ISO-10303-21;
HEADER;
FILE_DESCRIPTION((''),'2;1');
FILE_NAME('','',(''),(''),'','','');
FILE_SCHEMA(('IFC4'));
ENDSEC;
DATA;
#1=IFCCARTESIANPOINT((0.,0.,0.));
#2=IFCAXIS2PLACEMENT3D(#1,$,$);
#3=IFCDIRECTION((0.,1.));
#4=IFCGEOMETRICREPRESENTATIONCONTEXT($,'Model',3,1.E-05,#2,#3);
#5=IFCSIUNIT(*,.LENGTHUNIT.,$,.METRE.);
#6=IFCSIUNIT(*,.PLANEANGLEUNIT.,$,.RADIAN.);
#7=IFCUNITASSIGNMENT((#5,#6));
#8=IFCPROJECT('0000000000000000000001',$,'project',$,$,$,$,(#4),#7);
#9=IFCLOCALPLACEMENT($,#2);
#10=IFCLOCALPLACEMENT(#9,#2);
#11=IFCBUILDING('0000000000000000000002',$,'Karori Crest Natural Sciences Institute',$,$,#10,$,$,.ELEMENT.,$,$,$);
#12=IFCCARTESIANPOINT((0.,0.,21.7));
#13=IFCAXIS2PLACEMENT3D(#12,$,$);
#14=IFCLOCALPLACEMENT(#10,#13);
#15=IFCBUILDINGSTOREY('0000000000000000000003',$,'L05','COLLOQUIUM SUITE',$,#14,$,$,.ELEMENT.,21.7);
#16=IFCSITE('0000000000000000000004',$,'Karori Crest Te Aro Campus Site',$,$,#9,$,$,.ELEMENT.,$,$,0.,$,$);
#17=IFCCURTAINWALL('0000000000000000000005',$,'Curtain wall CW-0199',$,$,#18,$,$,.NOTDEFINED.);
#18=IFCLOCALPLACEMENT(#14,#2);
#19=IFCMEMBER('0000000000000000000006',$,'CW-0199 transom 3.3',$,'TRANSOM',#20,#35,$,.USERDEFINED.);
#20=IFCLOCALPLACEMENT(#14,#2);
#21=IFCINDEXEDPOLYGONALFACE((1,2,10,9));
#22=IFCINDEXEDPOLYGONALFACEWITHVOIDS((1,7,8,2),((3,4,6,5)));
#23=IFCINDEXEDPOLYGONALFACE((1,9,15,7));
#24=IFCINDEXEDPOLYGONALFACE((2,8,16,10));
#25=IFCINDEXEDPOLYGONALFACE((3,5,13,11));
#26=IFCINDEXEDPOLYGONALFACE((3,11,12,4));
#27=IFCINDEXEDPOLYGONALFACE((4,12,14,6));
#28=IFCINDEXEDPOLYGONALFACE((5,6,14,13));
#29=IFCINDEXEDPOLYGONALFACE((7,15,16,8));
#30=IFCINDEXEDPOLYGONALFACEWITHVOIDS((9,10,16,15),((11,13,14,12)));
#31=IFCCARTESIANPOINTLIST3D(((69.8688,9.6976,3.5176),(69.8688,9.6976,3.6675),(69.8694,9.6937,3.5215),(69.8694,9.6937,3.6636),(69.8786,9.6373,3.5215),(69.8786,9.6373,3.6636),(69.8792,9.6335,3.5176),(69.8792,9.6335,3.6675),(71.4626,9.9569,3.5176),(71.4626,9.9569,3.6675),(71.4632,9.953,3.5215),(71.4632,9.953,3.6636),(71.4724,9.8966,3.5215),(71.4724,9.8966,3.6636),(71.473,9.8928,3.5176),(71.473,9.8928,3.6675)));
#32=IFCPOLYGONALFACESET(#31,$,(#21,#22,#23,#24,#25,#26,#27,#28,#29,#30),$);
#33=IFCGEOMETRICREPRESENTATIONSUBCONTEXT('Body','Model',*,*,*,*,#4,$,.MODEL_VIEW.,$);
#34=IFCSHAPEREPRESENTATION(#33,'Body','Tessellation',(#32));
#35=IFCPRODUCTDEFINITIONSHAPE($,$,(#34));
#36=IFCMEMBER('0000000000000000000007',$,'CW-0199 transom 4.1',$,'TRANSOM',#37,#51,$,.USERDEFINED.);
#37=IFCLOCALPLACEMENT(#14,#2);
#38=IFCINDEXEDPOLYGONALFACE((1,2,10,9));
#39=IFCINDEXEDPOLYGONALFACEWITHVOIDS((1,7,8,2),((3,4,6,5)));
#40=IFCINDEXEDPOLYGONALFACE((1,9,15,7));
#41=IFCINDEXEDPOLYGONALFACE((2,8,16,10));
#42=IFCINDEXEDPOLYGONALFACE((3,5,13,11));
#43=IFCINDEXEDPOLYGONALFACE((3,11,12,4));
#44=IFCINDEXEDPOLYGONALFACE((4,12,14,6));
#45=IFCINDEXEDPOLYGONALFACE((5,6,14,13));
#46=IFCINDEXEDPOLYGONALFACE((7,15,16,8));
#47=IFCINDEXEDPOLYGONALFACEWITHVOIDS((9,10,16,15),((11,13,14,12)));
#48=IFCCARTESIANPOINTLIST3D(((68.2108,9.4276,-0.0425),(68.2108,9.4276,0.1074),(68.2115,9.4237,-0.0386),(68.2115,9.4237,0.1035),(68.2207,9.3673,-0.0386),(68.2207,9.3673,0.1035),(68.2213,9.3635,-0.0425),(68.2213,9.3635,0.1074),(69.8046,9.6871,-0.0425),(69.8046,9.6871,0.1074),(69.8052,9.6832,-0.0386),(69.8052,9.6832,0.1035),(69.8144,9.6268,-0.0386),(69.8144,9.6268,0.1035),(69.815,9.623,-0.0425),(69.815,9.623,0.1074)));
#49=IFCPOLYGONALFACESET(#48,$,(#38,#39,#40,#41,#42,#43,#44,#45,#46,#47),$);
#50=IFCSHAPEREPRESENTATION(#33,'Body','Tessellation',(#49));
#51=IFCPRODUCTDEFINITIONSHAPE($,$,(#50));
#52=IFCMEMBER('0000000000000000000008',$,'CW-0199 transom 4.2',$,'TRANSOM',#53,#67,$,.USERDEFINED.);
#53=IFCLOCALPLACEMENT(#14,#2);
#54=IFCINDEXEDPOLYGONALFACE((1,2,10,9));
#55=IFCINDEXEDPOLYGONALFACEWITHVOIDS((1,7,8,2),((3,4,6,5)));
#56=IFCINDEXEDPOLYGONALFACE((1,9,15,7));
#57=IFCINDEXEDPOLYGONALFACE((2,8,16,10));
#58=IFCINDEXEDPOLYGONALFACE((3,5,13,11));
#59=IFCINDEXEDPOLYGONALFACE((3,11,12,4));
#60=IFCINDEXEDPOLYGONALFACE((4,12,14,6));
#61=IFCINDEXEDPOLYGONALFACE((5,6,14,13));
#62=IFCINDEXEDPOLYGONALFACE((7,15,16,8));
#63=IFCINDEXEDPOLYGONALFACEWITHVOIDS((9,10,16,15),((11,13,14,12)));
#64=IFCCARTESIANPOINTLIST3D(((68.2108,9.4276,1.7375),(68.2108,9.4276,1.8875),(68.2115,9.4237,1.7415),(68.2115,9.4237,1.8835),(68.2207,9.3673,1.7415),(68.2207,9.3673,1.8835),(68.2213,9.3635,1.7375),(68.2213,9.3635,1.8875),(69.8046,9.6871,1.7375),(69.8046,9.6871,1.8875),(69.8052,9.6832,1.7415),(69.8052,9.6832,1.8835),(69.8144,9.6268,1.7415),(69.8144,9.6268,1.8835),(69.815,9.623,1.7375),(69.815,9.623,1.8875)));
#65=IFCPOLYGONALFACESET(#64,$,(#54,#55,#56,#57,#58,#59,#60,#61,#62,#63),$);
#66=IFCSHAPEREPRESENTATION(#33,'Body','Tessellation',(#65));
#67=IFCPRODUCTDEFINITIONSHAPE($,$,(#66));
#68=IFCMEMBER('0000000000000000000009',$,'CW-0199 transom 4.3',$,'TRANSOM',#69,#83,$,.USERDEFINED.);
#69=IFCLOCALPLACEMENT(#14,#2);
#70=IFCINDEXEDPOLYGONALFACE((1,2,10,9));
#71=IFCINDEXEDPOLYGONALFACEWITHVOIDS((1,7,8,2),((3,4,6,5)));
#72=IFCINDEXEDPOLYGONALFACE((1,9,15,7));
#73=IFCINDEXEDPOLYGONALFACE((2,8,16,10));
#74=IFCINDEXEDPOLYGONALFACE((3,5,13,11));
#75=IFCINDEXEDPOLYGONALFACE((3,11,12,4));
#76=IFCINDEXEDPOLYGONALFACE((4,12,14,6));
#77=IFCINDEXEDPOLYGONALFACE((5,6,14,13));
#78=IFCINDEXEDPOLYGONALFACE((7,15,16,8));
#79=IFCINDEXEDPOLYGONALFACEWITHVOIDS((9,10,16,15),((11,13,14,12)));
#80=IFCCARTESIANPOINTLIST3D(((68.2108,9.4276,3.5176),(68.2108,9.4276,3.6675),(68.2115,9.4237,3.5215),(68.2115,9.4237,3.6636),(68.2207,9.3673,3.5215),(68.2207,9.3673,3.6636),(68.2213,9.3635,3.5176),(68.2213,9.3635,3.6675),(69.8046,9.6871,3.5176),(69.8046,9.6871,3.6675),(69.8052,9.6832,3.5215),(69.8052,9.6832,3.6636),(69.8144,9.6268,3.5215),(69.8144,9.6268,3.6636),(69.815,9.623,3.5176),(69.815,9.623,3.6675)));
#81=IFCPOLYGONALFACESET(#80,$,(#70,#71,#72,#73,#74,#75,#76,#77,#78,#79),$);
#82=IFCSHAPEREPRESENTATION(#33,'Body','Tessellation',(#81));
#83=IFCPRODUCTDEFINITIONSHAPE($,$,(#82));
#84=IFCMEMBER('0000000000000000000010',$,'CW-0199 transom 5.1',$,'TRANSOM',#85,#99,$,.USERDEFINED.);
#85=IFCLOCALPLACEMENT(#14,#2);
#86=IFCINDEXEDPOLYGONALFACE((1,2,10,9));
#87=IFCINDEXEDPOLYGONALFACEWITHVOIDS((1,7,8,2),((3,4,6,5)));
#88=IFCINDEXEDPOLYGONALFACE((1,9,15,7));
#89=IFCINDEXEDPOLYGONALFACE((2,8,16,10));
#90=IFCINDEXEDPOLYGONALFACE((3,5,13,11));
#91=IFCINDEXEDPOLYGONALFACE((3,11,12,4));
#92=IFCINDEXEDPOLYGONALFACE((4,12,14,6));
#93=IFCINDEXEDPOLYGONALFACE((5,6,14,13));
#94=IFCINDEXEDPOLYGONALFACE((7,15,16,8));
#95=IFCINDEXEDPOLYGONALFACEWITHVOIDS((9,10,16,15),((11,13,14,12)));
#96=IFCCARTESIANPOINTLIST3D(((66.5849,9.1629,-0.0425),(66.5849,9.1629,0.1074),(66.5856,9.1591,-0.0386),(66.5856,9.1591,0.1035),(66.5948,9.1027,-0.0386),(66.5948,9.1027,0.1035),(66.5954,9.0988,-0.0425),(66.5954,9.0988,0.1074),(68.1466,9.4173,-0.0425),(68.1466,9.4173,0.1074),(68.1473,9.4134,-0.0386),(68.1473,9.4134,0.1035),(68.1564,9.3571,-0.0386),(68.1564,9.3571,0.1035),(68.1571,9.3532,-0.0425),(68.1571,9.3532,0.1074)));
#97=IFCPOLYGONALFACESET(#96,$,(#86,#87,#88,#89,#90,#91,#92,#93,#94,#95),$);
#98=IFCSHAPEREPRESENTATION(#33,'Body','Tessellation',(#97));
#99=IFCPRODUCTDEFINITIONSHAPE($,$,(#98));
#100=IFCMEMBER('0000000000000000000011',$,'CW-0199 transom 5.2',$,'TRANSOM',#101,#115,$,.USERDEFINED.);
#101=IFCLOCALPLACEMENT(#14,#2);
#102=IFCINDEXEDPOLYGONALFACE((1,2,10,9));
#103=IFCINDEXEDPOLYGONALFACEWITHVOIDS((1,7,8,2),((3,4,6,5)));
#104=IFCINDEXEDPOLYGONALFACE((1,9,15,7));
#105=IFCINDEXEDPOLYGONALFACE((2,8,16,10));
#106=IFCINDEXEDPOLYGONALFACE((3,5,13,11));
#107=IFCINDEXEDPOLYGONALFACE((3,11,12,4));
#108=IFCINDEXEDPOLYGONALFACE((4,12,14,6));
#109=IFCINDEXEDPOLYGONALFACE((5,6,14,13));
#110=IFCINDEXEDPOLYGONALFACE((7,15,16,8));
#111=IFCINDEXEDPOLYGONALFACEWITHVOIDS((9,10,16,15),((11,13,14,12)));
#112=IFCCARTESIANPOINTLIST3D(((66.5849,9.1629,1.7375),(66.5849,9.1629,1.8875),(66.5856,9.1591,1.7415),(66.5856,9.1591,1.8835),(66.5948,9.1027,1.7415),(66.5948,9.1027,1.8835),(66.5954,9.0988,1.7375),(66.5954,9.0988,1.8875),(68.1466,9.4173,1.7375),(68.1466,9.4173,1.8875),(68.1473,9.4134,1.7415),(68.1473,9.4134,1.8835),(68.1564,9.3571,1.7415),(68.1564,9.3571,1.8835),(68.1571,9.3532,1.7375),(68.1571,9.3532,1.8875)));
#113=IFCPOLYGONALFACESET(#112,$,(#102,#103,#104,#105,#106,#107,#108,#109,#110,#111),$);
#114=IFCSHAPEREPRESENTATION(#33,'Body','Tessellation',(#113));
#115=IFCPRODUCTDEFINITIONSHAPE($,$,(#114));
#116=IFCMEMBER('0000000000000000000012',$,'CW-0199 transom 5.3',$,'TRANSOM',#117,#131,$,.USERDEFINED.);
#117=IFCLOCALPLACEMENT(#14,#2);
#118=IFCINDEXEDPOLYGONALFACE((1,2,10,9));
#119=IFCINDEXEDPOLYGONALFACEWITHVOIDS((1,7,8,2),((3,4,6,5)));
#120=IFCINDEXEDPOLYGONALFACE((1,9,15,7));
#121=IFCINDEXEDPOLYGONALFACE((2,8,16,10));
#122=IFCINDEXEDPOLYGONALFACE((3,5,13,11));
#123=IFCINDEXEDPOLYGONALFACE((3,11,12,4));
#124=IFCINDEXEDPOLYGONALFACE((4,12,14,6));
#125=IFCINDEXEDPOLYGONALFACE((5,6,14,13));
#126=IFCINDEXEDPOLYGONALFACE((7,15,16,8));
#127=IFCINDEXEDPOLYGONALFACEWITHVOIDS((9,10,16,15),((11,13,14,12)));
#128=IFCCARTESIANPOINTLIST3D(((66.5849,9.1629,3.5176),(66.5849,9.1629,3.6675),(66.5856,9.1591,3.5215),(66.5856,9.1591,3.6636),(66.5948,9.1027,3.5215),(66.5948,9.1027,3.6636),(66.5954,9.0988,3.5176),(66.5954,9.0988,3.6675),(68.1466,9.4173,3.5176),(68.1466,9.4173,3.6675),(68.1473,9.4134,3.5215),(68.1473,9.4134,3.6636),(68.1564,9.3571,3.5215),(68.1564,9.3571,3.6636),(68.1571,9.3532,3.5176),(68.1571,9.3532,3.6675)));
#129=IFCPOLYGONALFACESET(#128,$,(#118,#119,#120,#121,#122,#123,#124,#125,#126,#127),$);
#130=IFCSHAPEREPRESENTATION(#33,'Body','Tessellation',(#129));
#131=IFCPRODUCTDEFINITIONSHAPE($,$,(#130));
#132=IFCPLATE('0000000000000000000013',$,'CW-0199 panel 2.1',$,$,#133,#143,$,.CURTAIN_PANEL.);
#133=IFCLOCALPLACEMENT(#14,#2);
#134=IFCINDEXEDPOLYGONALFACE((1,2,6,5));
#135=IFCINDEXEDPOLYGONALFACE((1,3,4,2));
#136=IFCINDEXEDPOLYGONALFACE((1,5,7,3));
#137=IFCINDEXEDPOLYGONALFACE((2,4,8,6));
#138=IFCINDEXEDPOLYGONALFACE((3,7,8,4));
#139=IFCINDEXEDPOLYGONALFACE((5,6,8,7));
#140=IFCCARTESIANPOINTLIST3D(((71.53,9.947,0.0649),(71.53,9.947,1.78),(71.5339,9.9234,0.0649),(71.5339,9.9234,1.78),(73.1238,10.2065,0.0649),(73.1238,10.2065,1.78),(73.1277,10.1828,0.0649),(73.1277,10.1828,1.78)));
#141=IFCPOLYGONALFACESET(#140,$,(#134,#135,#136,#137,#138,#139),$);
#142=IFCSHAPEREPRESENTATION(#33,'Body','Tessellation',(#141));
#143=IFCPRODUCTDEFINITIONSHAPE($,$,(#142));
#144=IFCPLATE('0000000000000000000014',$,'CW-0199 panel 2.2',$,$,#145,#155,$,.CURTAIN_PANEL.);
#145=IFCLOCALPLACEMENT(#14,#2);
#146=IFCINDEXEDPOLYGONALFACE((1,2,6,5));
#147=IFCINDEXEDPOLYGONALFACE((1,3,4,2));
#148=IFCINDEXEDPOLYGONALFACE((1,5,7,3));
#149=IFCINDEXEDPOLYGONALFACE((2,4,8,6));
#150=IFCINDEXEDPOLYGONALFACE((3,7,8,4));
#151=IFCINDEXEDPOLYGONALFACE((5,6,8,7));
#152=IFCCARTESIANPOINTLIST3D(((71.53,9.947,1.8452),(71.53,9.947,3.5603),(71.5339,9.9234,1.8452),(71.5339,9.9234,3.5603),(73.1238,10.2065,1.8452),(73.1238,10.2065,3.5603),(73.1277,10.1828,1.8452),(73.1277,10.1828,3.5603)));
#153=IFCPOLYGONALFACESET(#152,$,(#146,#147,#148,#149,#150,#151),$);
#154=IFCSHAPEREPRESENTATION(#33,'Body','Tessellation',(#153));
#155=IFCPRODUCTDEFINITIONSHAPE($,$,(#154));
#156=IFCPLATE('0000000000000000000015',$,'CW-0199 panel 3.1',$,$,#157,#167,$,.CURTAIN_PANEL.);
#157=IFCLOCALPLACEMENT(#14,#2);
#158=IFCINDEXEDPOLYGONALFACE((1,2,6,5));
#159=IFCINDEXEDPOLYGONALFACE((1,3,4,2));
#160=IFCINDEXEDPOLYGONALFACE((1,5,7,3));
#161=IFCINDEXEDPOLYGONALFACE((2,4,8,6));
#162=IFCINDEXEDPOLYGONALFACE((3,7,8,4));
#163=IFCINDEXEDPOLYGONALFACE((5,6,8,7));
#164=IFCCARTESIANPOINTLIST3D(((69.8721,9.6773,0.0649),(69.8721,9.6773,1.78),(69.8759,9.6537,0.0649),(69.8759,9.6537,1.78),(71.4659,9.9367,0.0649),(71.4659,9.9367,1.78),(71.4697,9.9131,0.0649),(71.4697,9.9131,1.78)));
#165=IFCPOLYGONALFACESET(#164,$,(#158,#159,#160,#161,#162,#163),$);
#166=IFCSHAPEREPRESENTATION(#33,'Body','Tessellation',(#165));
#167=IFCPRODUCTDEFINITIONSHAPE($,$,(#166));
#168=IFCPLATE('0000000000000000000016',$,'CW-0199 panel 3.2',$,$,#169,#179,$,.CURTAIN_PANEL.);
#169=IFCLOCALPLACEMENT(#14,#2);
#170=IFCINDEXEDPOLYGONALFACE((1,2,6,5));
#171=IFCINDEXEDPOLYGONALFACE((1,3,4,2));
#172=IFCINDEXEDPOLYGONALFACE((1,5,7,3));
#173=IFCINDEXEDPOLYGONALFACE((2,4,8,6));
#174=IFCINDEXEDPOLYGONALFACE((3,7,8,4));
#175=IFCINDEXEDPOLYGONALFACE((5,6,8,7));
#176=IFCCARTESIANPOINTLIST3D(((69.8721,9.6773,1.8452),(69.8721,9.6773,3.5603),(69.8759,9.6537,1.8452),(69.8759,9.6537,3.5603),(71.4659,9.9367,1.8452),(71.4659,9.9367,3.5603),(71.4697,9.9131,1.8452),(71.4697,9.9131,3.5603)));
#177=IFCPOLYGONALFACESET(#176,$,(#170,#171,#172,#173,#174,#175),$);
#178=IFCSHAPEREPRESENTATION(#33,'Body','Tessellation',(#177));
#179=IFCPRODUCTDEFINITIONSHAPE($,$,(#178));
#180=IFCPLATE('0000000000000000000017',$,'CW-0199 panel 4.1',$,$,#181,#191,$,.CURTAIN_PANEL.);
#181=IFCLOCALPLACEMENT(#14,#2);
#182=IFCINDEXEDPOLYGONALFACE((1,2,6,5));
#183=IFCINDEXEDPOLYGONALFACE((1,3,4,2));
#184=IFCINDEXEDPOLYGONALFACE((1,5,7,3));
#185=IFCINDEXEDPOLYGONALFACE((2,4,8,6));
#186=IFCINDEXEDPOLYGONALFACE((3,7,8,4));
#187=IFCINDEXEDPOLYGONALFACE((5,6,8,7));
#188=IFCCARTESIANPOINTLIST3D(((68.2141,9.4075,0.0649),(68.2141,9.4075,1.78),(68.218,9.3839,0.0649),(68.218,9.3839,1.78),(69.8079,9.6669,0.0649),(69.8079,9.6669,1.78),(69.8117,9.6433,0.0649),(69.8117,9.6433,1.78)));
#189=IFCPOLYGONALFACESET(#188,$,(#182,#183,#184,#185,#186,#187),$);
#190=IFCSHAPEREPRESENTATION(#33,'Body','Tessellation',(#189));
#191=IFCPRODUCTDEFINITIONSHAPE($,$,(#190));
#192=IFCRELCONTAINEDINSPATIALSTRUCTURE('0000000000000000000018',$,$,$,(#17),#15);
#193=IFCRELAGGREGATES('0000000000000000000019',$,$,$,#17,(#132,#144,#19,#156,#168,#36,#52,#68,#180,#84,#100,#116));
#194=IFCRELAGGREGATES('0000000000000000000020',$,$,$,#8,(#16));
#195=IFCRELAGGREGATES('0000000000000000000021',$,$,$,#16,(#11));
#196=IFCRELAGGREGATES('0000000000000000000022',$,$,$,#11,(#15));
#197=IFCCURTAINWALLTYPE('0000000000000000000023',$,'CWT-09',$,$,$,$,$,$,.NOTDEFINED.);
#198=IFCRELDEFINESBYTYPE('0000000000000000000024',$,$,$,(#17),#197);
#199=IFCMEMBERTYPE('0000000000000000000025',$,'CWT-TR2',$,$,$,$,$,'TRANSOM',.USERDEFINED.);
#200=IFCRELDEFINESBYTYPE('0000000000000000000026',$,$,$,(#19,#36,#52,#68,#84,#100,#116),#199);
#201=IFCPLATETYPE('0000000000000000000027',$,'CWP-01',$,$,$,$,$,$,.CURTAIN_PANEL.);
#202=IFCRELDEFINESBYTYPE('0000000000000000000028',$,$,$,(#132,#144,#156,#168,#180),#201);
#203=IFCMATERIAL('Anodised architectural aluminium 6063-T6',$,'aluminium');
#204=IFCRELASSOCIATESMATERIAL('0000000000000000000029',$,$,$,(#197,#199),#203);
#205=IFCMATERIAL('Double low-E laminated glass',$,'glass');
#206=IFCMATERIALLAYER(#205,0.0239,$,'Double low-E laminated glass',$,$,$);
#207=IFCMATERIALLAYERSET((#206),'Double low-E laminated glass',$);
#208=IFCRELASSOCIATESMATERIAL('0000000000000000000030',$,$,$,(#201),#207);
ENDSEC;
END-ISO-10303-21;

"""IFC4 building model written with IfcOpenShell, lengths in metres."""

from ifc_helpers import new_model, si_unit, direction, frame, origin, origin_2d, place, context, subcontext, project, spatial, rectangle, hollow_rectangle, extrude, material, layer, layer_set, material_profile, profile_set, type_object, element, aggregate, save


model = new_model("IFC4")

# Units and contexts
model_context = context("Model", 3, precision=1e-05, world=origin(), true_north=direction((0.0, 1.0)))
body_context = subcontext(model_context, "Body", "Model", "MODEL_VIEW")
ifc_project = project(units=[si_unit("LENGTHUNIT", "METRE"), si_unit("PLANEANGLEUNIT", "RADIAN")], contexts=[model_context])

# Site, building, storey
site_placement = place(None, origin())
site = spatial("IfcSite", under=ifc_project, at=site_placement, Name="Karori Crest Te Aro Campus Site", CompositionType="ELEMENT", RefElevation=0.0)
building_placement = place(site_placement, origin())
building = spatial("IfcBuilding", under=site, at=building_placement, Name="Karori Crest Natural Sciences Institute", CompositionType="ELEMENT")
storey_placement = place(building_placement, frame((0.0, 0.0, 21.7)))
storey = spatial("IfcBuildingStorey", under=building, at=storey_placement, Name="L05", Description="COLLOQUIUM SUITE", CompositionType="ELEMENT", Elevation=21.7)

# Curtain wall, members, plates
ifc_material_1 = material(Name="Anodised architectural aluminium 6063-T6", Category="aluminium")
curtain_wall_type = type_object("IfcCurtainWallType", Name="CWT-09", PredefinedType="NOTDEFINED", material=ifc_material_1)
curtain_wall_placement = place(storey_placement, origin())
curtain_wall = element("IfcCurtainWall", 1, at=curtain_wall_placement, inside=storey, type_object=curtain_wall_type, Name="Curtain wall CW-0199", PredefinedType="NOTDEFINED")
ifc_material_profile_1 = material_profile(ifc_material_1, hollow_rectangle(XDim=0.0649, YDim=0.1499, WallThickness=0.0039, at=origin_2d()), Name="CWT150x65x4")
ifc_profile_set_1 = profile_set([ifc_material_profile_1], Name="Anodised architectural aluminium 6063-T6")
member_type_1 = type_object("IfcMemberType", Name="CWT-TR2", ElementType="TRANSOM", PredefinedType="USERDEFINED", material=ifc_profile_set_1)
member_1_placement = place(storey_placement, frame((71.4678, 9.9248, 3.5925), z_axis=(-0.987024, -0.160573, 0.0), x_axis=(0.160573, -0.987024, 0.0)))
member_1 = element("IfcMember", 2, at=member_1_placement, type_object=member_type_1, Name="CW-0199 transom 3.3", ObjectType="TRANSOM", PredefinedType="USERDEFINED", context=body_context, shape_type="SweptSolid", body=[
    extrude(hollow_rectangle(XDim=0.0649, YDim=0.1499, WallThickness=0.0039, at=origin_2d()), origin(), (0.0, 0.0, 1.0), 1.6147),
])
member_2_placement = place(storey_placement, frame((69.8098, 9.655, 0.0325), z_axis=(-0.987, -0.16072, 0.0), x_axis=(0.16072, -0.987, 0.0)))
member_2 = element("IfcMember", 3, at=member_2_placement, type_object=member_type_1, Name="CW-0199 transom 4.1", ObjectType="TRANSOM", PredefinedType="USERDEFINED", context=body_context, shape_type="SweptSolid", body=[
    extrude(hollow_rectangle(XDim=0.0649, YDim=0.1499, WallThickness=0.0039, at=origin_2d()), origin(), (0.0, 0.0, 1.0), 1.6147),
])
member_3_placement = place(storey_placement, frame((69.8098, 9.655, 1.8125), z_axis=(-0.987, -0.16072, 0.0), x_axis=(0.16072, -0.987, 0.0)))
member_3 = element("IfcMember", 4, at=member_3_placement, type_object=member_type_1, Name="CW-0199 transom 4.2", ObjectType="TRANSOM", PredefinedType="USERDEFINED", context=body_context, shape_type="SweptSolid", body=[
    extrude(hollow_rectangle(XDim=0.0649, YDim=0.1499, WallThickness=0.0039, at=origin_2d()), origin(), (0.0, 0.0, 1.0), 1.6147),
])
member_4_placement = place(storey_placement, frame((69.8098, 9.655, 3.5925), z_axis=(-0.987, -0.16072, 0.0), x_axis=(0.16072, -0.987, 0.0)))
member_4 = element("IfcMember", 5, at=member_4_placement, type_object=member_type_1, Name="CW-0199 transom 4.3", ObjectType="TRANSOM", PredefinedType="USERDEFINED", context=body_context, shape_type="SweptSolid", body=[
    extrude(hollow_rectangle(XDim=0.0649, YDim=0.1499, WallThickness=0.0039, at=origin_2d()), origin(), (0.0, 0.0, 1.0), 1.6147),
])
member_5_placement = place(storey_placement, frame((68.1519, 9.3853, 0.0325), z_axis=(-0.986992, -0.16077, 0.0), x_axis=(0.16077, -0.986992, 0.0)))
member_5 = element("IfcMember", 6, at=member_5_placement, type_object=member_type_1, Name="CW-0199 transom 5.1", ObjectType="TRANSOM", PredefinedType="USERDEFINED", context=body_context, shape_type="SweptSolid", body=[
    extrude(hollow_rectangle(XDim=0.0649, YDim=0.1499, WallThickness=0.0039, at=origin_2d()), origin(), (0.0, 0.0, 1.0), 1.5823),
])
member_6_placement = place(storey_placement, frame((68.1519, 9.3853, 1.8125), z_axis=(-0.986992, -0.16077, 0.0), x_axis=(0.16077, -0.986992, 0.0)))
member_6 = element("IfcMember", 7, at=member_6_placement, type_object=member_type_1, Name="CW-0199 transom 5.2", ObjectType="TRANSOM", PredefinedType="USERDEFINED", context=body_context, shape_type="SweptSolid", body=[
    extrude(hollow_rectangle(XDim=0.0649, YDim=0.1499, WallThickness=0.0039, at=origin_2d()), origin(), (0.0, 0.0, 1.0), 1.5823),
])
member_7_placement = place(storey_placement, frame((68.1519, 9.3853, 3.5925), z_axis=(-0.986992, -0.16077, 0.0), x_axis=(0.16077, -0.986992, 0.0)))
member_7 = element("IfcMember", 8, at=member_7_placement, type_object=member_type_1, Name="CW-0199 transom 5.3", ObjectType="TRANSOM", PredefinedType="USERDEFINED", context=body_context, shape_type="SweptSolid", body=[
    extrude(hollow_rectangle(XDim=0.0649, YDim=0.1499, WallThickness=0.0039, at=origin_2d()), origin(), (0.0, 0.0, 1.0), 1.5823),
])
ifc_material_2 = material(Name="Double low-E laminated glass", Category="glass")
ifc_layer_1 = layer(ifc_material_2, 0.0239, Name="Double low-E laminated glass")
ifc_layer_set_1 = layer_set([ifc_layer_1], Name="Double low-E laminated glass")
plate_type = type_object("IfcPlateType", Name="CWP-01", PredefinedType="CURTAIN_PANEL", material=ifc_layer_set_1)
plate_1_placement = place(storey_placement, frame((72.3289, 10.0649, 0.0649), z_axis=(0.0, 0.0, 1.0), x_axis=(-0.987011, -0.16065, 0.0)))
plate_1 = element("IfcPlate", 9, at=plate_1_placement, type_object=plate_type, Name="CW-0199 panel 2.1", PredefinedType="CURTAIN_PANEL", context=body_context, shape_type="SweptSolid", body=[
    extrude(rectangle(XDim=1.6147, YDim=0.0239, at=origin_2d()), origin(), (0.0, 0.0, 1.0), 1.7151),
])
plate_2_placement = place(storey_placement, frame((72.3289, 10.0649, 1.8452), z_axis=(0.0, 0.0, 1.0), x_axis=(-0.987011, -0.16065, 0.0)))
plate_2 = element("IfcPlate", 10, at=plate_2_placement, type_object=plate_type, Name="CW-0199 panel 2.2", PredefinedType="CURTAIN_PANEL", context=body_context, shape_type="SweptSolid", body=[
    extrude(rectangle(XDim=1.6147, YDim=0.0239, at=origin_2d()), origin(), (0.0, 0.0, 1.0), 1.7151),
])
plate_3_placement = place(storey_placement, frame((70.6709, 9.7952, 0.0649), z_axis=(0.0, 0.0, 1.0), x_axis=(-0.987011, -0.16065, 0.0)))
plate_3 = element("IfcPlate", 11, at=plate_3_placement, type_object=plate_type, Name="CW-0199 panel 3.1", PredefinedType="CURTAIN_PANEL", context=body_context, shape_type="SweptSolid", body=[
    extrude(rectangle(XDim=1.6147, YDim=0.0239, at=origin_2d()), origin(), (0.0, 0.0, 1.0), 1.7151),
])
plate_4_placement = place(storey_placement, frame((70.6709, 9.7952, 1.8452), z_axis=(0.0, 0.0, 1.0), x_axis=(-0.987011, -0.16065, 0.0)))
plate_4 = element("IfcPlate", 12, at=plate_4_placement, type_object=plate_type, Name="CW-0199 panel 3.2", PredefinedType="CURTAIN_PANEL", context=body_context, shape_type="SweptSolid", body=[
    extrude(rectangle(XDim=1.6147, YDim=0.0239, at=origin_2d()), origin(), (0.0, 0.0, 1.0), 1.7151),
])
plate_5_placement = place(storey_placement, frame((69.0129, 9.5254, 0.0649), z_axis=(0.0, 0.0, 1.0), x_axis=(-0.987011, -0.16065, 0.0)))
plate_5 = element("IfcPlate", 13, at=plate_5_placement, type_object=plate_type, Name="CW-0199 panel 4.1", PredefinedType="CURTAIN_PANEL", context=body_context, shape_type="SweptSolid", body=[
    extrude(rectangle(XDim=1.6147, YDim=0.0239, at=origin_2d()), origin(), (0.0, 0.0, 1.0), 1.7151),
])
aggregate(curtain_wall, [plate_1, plate_2, member_1, plate_3, plate_4, member_2, member_3, member_4, plate_5, member_5, member_6, member_7])

save(model, "model.ifc")
